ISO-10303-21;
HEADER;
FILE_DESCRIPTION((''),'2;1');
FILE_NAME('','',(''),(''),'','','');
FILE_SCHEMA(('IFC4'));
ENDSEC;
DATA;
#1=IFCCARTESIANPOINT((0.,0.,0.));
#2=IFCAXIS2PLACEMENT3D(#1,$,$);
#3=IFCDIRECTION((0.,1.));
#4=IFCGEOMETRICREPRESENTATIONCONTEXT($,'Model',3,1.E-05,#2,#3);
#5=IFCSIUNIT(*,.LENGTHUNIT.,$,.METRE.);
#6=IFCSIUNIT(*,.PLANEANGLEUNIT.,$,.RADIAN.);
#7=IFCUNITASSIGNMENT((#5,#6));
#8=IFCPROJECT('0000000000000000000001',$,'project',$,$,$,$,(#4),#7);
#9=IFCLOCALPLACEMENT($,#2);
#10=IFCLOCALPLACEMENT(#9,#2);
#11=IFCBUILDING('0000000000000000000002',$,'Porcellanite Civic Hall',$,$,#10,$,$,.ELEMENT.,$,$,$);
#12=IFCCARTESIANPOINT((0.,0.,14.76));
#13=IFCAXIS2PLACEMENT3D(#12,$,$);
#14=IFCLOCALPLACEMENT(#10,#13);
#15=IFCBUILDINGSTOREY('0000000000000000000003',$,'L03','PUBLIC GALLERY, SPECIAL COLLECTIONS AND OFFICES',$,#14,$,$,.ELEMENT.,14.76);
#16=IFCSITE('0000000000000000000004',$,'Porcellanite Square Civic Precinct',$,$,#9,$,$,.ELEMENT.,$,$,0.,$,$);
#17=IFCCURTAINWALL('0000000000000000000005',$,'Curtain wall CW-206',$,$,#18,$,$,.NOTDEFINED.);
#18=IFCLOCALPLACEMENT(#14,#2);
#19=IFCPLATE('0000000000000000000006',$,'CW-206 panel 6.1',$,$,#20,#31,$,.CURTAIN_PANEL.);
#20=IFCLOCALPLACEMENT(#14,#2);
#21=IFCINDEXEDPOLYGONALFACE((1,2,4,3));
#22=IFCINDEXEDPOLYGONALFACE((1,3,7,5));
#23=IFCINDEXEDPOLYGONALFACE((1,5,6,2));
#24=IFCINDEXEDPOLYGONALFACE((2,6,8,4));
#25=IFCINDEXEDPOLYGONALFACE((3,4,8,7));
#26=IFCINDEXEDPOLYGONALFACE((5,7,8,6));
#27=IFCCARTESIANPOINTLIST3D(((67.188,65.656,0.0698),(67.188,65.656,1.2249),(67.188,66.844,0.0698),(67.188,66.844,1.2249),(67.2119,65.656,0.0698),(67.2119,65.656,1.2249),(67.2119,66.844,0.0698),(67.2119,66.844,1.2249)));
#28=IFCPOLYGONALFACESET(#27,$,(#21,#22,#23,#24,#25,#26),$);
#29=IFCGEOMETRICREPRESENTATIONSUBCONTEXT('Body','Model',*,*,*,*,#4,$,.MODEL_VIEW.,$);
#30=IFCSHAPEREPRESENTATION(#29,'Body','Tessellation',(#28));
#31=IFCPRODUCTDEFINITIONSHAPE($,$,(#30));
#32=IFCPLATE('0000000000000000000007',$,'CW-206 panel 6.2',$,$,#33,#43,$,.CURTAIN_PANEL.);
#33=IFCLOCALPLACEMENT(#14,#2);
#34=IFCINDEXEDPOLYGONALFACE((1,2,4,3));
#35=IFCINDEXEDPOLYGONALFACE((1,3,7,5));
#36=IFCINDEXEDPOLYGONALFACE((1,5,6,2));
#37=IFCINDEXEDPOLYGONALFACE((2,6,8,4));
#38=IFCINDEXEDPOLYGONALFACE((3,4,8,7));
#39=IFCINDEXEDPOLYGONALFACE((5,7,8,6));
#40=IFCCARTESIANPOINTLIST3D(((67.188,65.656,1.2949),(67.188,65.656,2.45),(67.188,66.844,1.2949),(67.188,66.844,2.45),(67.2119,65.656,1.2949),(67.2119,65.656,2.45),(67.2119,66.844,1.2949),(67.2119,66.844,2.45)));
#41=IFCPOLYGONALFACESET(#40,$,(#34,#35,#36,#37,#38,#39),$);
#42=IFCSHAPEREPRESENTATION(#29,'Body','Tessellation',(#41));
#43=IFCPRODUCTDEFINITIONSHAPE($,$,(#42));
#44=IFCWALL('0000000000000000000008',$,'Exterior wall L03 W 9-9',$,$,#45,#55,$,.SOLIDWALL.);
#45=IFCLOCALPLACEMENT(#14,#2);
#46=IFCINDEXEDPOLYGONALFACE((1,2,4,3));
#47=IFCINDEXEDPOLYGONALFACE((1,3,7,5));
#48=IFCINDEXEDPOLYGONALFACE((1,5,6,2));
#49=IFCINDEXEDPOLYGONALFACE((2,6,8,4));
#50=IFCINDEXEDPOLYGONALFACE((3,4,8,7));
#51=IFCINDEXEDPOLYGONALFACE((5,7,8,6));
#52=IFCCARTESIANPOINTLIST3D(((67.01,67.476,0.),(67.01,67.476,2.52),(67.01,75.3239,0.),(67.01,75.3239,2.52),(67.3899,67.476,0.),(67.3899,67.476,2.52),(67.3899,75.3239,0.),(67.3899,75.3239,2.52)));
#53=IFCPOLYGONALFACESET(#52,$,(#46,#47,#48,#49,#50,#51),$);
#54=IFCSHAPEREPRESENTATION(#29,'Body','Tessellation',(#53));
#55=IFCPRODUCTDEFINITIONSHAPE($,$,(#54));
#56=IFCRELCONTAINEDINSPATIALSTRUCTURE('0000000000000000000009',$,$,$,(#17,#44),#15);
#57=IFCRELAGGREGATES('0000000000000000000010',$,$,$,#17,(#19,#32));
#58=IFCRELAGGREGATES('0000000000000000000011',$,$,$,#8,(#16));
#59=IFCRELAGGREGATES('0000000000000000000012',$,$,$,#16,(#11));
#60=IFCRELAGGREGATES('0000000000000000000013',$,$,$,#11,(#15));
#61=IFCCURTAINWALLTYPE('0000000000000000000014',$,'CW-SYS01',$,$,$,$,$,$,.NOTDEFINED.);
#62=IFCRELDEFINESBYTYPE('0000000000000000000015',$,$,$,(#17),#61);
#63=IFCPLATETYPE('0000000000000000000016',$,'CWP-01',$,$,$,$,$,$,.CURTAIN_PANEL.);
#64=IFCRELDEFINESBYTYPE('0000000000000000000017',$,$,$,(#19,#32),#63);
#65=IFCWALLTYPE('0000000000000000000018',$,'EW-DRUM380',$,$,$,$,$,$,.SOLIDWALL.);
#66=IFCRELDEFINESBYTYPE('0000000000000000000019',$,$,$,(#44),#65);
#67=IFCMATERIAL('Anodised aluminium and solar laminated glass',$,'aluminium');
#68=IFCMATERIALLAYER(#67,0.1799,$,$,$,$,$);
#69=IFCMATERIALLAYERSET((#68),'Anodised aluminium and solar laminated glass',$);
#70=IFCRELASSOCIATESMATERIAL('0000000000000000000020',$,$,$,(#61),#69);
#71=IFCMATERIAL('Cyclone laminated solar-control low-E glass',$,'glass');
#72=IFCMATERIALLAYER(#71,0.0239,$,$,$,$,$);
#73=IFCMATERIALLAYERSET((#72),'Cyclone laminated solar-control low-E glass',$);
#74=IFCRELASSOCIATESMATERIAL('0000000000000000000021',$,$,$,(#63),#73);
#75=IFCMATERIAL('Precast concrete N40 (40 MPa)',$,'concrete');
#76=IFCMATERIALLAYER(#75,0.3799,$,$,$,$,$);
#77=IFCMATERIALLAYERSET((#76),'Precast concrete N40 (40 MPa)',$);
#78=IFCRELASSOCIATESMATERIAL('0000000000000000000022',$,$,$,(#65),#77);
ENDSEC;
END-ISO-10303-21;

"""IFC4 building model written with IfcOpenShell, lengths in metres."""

from ifc_helpers import new_model, si_unit, direction, frame, frame_2d, origin, origin_2d, place, context, subcontext, project, spatial, rectangle, extrude, material, layer, layer_set, type_object, element, aggregate, save


model = new_model("IFC4")

# Units and contexts
model_context = context("Model", 3, precision=1e-05, world=origin(), true_north=direction((0.0, 1.0)))
body_context = subcontext(model_context, "Body", "Model", "MODEL_VIEW")
ifc_project = project(units=[si_unit("LENGTHUNIT", "METRE"), si_unit("PLANEANGLEUNIT", "RADIAN")], contexts=[model_context])

# Site, building, storey
site_placement = place(None, origin())
site = spatial("IfcSite", under=ifc_project, at=site_placement, Name="Porcellanite Square Civic Precinct", CompositionType="ELEMENT", RefElevation=0.0)
building_placement = place(site_placement, origin())
building = spatial("IfcBuilding", under=site, at=building_placement, Name="Porcellanite Civic Hall", CompositionType="ELEMENT")
storey_placement = place(building_placement, frame((0.0, 0.0, 14.76)))
storey = spatial("IfcBuildingStorey", under=building, at=storey_placement, Name="L03", Description="PUBLIC GALLERY, SPECIAL COLLECTIONS AND OFFICES", CompositionType="ELEMENT", Elevation=14.76)

# Curtain wall
ifc_material_1 = material(Name="Anodised aluminium and solar laminated glass", Category="aluminium")
ifc_layer_1 = layer(ifc_material_1, 0.1799)
ifc_layer_set_1 = layer_set([ifc_layer_1], Name="Anodised aluminium and solar laminated glass")
curtain_wall_type = type_object("IfcCurtainWallType", Name="CW-SYS01", PredefinedType="NOTDEFINED", material=ifc_layer_set_1)
curtain_wall_placement = place(storey_placement, origin())
curtain_wall = element("IfcCurtainWall", 1, at=curtain_wall_placement, inside=storey, type_object=curtain_wall_type, Name="Curtain wall CW-206", PredefinedType="NOTDEFINED")

# Plates
ifc_material_2 = material(Name="Cyclone laminated solar-control low-E glass", Category="glass")
ifc_layer_2 = layer(ifc_material_2, 0.0239)
ifc_layer_set_2 = layer_set([ifc_layer_2], Name="Cyclone laminated solar-control low-E glass")
plate_type = type_object("IfcPlateType", Name="CWP-01", PredefinedType="CURTAIN_PANEL", material=ifc_layer_set_2)
plate_1_placement = place(storey_placement, frame((67.2, 66.25, 0.0698), z_axis=(0.0, 0.0, 1.0), x_axis=(0.0, 1.0, 0.0)))
plate_1 = element("IfcPlate", 2, at=plate_1_placement, type_object=plate_type, Name="CW-206 panel 6.1", PredefinedType="CURTAIN_PANEL", context=body_context, shape_type="SweptSolid", body=[
    extrude(rectangle(XDim=1.188, YDim=0.0239, at=origin_2d()), origin(), (0.0, 0.0, 1.0), 1.155),
])
plate_2_placement = place(storey_placement, frame((67.2, 66.25, 1.2949), z_axis=(0.0, 0.0, 1.0), x_axis=(0.0, 1.0, 0.0)))
plate_2 = element("IfcPlate", 3, at=plate_2_placement, type_object=plate_type, Name="CW-206 panel 6.2", PredefinedType="CURTAIN_PANEL", context=body_context, shape_type="SweptSolid", body=[
    extrude(rectangle(XDim=1.188, YDim=0.0239, at=origin_2d()), origin(), (0.0, 0.0, 1.0), 1.155),
])
aggregate(curtain_wall, [plate_1, plate_2])

# Wall
ifc_material_3 = material(Name="Precast concrete N40 (40 MPa)", Category="concrete")
ifc_layer_3 = layer(ifc_material_3, 0.3799)
ifc_layer_set_3 = layer_set([ifc_layer_3], Name="Precast concrete N40 (40 MPa)")
wall_type_1 = type_object("IfcWallType", Name="EW-DRUM380", PredefinedType="SOLIDWALL", material=ifc_layer_set_3)
wall_1_placement = place(storey_placement, frame((67.2, 67.4761, 0.0), z_axis=(0.0, 0.0, 1.0), x_axis=(0.0, 1.0, 0.0)))
element("IfcWall", 4, at=wall_1_placement, inside=storey, type_object=wall_type_1, Name="Exterior wall L03 W 9-9", PredefinedType="SOLIDWALL", context=body_context, shape_type="SweptSolid", body=[
    extrude(rectangle(XDim=7.8479, YDim=0.3799, at=frame_2d((3.9238, 0.0))), origin(), (0.0, 0.0, 1.0), 2.52),
])

save(model, "model.ifc")
